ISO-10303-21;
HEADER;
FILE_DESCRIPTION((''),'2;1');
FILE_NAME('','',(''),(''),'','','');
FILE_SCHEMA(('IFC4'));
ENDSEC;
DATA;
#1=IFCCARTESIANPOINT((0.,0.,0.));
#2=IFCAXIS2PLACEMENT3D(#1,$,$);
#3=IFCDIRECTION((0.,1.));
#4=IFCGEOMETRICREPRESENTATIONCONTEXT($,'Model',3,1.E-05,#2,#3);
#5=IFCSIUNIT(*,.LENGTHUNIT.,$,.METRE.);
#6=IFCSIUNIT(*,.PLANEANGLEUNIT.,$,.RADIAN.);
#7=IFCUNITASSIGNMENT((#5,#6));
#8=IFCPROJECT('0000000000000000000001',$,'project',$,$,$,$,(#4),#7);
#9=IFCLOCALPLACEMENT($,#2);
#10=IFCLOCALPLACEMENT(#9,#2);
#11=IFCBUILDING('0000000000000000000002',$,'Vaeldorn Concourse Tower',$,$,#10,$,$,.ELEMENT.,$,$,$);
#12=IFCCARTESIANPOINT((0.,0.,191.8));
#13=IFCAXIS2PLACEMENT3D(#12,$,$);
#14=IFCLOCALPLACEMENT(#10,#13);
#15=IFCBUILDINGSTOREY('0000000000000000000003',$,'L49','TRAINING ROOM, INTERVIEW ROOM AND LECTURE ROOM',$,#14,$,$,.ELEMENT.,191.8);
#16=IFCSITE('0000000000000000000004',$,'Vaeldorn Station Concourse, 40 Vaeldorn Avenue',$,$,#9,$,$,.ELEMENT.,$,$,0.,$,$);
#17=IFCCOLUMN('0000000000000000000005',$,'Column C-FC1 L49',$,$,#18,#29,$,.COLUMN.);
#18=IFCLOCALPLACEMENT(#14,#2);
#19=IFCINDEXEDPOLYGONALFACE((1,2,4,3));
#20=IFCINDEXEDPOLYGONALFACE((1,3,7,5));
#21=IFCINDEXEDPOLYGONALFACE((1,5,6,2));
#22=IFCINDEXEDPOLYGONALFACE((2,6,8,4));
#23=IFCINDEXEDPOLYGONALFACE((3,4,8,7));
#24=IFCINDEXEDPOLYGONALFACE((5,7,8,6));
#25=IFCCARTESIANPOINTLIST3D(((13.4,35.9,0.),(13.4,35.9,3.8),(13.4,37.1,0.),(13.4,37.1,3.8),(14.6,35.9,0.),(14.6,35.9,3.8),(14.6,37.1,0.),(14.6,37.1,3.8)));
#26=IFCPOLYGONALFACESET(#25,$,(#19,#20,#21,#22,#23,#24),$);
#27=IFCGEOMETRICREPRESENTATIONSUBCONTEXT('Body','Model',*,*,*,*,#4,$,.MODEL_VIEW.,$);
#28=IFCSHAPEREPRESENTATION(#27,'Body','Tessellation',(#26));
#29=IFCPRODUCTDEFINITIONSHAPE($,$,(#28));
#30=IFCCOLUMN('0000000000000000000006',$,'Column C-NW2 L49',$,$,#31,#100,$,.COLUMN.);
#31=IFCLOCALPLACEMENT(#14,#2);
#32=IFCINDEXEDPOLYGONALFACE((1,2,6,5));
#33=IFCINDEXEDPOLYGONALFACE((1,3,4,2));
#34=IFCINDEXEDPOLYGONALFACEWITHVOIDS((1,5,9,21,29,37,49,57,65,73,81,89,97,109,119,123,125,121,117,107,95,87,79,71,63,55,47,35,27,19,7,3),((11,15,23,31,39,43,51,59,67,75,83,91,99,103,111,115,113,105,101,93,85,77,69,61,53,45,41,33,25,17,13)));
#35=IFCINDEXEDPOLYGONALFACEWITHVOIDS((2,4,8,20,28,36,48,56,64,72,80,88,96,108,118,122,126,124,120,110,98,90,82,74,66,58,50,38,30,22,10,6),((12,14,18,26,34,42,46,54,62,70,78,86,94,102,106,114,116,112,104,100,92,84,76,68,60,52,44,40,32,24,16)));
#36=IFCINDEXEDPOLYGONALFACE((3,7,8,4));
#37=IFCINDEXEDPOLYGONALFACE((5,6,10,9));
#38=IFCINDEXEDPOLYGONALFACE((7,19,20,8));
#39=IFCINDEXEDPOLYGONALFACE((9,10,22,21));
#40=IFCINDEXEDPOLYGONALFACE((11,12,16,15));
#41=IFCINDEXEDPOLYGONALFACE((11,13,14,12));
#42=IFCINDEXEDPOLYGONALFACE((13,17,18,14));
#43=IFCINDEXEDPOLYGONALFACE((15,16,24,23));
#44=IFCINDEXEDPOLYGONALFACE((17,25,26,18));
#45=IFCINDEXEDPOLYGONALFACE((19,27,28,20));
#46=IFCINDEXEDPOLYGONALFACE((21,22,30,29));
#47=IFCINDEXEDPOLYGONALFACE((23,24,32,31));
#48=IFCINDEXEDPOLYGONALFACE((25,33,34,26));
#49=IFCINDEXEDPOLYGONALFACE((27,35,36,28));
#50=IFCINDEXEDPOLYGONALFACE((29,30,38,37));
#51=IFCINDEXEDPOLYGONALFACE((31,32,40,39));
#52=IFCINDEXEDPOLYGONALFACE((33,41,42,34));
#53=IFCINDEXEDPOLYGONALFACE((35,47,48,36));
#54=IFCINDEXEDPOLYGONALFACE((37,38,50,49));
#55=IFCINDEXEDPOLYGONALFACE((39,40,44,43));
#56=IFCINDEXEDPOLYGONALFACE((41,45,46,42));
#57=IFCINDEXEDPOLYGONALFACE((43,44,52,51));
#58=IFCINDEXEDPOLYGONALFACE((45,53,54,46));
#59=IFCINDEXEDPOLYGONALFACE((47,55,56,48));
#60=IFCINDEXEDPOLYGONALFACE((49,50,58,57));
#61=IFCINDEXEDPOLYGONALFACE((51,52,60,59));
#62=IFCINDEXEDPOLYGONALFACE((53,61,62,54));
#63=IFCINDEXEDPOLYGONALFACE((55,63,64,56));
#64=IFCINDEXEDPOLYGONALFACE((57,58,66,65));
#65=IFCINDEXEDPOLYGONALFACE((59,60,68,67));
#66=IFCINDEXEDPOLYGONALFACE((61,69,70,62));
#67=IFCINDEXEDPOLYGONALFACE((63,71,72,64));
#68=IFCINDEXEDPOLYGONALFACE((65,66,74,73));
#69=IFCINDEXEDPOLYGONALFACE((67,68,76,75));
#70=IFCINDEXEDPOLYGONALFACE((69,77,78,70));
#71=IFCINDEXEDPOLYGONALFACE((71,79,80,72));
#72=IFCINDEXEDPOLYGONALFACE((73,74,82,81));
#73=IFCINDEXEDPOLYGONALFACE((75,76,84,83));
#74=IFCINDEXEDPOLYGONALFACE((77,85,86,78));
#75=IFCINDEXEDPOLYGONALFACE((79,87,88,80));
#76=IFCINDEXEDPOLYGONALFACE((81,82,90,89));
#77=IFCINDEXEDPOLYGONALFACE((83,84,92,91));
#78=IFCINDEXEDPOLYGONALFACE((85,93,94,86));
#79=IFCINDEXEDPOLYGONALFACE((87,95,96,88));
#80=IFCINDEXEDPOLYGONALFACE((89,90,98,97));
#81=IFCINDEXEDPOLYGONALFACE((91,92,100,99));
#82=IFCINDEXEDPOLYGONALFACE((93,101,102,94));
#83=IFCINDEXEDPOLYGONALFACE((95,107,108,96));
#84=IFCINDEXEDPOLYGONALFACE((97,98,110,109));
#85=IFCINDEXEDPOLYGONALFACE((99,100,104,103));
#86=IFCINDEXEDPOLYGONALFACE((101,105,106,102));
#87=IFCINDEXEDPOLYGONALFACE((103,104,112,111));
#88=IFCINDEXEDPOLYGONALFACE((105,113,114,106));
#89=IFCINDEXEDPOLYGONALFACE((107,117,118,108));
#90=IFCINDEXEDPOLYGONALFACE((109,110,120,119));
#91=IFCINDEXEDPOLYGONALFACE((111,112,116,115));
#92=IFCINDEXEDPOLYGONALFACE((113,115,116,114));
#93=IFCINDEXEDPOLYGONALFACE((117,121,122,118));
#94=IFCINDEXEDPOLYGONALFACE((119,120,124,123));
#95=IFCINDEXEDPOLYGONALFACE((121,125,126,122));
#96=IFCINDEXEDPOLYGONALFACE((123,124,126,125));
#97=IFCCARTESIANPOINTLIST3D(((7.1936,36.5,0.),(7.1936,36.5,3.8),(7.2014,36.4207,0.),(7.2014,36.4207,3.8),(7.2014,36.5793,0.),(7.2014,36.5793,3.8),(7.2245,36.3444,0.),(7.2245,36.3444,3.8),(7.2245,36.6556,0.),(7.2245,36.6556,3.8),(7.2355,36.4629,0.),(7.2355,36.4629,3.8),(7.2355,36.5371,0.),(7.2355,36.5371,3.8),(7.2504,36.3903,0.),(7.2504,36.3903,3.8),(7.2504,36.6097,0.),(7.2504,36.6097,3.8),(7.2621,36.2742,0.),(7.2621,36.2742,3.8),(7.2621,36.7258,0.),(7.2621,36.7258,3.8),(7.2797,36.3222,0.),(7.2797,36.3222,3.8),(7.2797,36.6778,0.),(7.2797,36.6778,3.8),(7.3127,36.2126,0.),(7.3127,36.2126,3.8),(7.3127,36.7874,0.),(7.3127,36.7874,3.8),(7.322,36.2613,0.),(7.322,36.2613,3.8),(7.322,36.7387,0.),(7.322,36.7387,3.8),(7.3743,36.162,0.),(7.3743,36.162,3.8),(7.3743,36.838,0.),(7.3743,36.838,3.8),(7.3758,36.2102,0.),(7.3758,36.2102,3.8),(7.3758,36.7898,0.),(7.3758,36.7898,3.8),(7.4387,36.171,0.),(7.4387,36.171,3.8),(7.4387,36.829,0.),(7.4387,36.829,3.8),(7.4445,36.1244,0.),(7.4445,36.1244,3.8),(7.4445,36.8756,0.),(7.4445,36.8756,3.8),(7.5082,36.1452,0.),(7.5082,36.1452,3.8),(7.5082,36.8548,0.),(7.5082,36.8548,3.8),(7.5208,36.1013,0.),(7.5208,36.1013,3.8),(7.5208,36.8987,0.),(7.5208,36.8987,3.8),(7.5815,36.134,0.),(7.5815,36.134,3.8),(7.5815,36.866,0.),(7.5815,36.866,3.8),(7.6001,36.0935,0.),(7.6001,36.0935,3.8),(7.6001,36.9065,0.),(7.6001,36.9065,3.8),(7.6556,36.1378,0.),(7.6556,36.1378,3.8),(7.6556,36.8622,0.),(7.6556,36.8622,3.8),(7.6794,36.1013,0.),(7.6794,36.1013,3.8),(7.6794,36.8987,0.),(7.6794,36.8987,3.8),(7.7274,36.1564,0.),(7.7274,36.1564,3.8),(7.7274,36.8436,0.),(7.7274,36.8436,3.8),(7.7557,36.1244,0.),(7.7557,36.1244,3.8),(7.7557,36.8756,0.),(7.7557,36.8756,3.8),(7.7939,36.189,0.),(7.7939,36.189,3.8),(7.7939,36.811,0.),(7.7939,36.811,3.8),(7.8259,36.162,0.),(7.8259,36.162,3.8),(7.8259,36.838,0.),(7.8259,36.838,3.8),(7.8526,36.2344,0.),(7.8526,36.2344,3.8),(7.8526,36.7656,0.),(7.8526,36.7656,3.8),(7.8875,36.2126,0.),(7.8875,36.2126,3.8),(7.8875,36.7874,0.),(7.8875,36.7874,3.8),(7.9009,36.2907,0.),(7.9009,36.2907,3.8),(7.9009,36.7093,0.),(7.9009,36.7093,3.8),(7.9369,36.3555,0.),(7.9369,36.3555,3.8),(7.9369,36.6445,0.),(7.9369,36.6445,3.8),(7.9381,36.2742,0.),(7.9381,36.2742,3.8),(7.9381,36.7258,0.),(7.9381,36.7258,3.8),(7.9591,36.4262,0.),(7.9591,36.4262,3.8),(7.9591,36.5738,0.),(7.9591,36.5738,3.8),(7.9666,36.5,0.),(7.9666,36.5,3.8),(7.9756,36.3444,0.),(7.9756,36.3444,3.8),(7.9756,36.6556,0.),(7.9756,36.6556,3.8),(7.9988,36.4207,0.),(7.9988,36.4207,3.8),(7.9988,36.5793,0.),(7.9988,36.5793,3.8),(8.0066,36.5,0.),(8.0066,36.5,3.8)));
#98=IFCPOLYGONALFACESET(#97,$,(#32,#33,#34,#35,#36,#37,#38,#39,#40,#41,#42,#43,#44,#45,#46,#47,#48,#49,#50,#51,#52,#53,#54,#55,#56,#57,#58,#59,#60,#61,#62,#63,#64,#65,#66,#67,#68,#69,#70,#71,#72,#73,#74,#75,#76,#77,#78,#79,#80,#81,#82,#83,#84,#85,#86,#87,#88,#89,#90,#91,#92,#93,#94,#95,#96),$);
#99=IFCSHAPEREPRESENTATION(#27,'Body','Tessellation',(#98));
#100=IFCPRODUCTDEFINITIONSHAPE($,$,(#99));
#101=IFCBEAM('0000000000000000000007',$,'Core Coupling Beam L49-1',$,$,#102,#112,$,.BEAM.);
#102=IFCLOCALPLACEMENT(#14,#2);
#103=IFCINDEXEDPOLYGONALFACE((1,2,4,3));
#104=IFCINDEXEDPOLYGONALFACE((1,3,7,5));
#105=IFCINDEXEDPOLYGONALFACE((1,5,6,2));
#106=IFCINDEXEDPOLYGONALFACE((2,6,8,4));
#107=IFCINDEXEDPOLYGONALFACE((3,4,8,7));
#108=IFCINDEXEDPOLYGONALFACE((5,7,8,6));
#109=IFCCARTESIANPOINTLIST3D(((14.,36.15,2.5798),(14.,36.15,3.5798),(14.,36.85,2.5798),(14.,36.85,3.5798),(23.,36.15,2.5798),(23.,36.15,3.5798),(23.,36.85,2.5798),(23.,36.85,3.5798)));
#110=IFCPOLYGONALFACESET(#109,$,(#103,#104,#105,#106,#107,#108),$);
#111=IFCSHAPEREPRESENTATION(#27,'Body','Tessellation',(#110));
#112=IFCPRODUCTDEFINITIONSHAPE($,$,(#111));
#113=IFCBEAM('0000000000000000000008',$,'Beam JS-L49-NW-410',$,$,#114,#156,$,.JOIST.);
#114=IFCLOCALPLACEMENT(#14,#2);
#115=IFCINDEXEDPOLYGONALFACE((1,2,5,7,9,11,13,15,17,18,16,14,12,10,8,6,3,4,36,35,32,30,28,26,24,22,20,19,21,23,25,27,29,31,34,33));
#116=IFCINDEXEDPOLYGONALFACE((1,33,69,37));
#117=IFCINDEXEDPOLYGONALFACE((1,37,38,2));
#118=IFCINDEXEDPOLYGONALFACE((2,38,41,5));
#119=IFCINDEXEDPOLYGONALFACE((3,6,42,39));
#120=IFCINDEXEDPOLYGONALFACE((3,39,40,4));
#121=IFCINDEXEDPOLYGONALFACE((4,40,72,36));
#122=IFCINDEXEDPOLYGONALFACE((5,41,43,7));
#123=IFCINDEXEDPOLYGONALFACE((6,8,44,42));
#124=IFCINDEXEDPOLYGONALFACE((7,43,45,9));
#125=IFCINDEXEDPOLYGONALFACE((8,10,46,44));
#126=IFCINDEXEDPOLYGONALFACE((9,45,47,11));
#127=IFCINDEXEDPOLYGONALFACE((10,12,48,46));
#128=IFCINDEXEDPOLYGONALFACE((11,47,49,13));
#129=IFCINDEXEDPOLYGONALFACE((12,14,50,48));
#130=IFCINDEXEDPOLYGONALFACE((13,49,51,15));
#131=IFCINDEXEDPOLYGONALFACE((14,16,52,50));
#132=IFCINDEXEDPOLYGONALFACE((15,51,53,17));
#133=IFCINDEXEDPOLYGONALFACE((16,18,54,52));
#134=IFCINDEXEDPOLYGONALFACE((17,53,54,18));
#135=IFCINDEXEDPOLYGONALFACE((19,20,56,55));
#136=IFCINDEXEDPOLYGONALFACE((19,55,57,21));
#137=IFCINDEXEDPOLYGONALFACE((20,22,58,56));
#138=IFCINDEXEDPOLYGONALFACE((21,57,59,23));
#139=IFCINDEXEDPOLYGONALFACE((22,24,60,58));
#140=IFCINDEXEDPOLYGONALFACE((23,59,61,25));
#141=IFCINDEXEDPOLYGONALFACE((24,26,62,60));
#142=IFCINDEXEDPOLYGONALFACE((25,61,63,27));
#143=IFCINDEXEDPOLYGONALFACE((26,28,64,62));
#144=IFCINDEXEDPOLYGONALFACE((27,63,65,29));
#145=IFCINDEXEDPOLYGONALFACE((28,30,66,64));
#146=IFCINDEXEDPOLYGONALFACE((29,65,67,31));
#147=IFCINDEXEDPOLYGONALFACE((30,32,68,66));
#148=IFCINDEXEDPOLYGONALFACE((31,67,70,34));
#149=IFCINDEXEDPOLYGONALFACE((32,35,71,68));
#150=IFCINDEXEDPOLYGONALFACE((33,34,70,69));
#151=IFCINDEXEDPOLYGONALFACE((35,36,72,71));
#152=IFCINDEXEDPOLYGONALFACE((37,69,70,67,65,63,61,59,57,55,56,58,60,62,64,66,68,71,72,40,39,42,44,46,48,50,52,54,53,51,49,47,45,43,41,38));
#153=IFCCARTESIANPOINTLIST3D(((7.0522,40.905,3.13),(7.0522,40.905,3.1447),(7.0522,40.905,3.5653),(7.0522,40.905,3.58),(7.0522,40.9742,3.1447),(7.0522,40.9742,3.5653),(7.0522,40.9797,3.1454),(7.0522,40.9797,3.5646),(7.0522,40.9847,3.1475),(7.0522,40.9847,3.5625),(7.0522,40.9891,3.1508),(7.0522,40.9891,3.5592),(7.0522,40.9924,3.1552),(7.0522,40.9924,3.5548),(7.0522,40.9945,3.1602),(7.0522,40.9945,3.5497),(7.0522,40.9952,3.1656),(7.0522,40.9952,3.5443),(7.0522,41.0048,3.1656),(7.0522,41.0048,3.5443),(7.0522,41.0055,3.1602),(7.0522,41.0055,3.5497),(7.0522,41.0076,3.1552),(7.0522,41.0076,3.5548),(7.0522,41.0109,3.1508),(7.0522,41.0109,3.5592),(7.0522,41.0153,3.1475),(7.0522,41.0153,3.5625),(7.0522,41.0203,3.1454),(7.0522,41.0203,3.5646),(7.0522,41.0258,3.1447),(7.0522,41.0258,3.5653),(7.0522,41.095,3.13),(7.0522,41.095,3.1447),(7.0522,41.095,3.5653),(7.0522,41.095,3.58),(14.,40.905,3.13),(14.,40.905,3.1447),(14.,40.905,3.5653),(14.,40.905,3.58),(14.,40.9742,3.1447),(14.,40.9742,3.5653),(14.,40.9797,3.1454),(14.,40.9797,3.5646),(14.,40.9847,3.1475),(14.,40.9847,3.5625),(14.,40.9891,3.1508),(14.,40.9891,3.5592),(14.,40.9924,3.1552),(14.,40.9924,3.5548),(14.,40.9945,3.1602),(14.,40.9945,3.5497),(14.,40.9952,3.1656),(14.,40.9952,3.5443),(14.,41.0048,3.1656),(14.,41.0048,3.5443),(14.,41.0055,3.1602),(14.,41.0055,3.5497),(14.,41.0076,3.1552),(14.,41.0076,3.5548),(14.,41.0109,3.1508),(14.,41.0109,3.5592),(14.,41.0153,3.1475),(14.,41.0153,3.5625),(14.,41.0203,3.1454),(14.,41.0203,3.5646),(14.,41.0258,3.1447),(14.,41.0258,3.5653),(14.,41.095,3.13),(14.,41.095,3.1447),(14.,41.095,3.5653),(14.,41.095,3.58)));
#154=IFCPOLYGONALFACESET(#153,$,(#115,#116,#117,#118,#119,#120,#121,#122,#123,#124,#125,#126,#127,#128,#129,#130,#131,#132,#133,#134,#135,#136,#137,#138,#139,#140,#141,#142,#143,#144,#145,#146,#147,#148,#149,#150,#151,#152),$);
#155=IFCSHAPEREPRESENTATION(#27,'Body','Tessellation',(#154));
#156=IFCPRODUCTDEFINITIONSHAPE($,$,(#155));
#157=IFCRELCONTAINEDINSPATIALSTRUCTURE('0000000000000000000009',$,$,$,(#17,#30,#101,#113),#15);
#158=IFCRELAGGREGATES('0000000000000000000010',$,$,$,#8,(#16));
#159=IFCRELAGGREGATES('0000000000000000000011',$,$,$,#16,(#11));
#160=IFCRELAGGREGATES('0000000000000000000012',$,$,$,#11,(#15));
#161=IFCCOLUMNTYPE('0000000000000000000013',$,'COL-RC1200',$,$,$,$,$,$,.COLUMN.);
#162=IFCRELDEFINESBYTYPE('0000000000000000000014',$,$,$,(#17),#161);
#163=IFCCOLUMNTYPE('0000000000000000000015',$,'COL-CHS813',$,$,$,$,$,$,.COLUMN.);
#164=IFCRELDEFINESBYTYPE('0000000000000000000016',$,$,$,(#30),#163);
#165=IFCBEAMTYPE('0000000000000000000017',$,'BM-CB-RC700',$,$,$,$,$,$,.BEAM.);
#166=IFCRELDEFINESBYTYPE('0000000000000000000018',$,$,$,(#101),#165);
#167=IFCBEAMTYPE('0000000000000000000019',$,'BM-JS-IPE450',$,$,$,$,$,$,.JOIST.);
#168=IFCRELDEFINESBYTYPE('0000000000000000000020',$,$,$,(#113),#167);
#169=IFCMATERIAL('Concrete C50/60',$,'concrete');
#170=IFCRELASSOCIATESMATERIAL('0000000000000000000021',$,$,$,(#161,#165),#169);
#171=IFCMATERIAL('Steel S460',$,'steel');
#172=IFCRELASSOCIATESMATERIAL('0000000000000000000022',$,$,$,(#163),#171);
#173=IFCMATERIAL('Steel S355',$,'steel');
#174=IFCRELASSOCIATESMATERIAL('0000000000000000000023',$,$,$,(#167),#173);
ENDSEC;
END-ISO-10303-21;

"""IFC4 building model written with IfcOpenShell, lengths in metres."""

from ifc_helpers import new_model, si_unit, direction, frame, origin, origin_2d, place, context, subcontext, project, spatial, rectangle, hollow_circle, i_section, extrude, source, transform, mapped, material, material_profile, profile_set, type_object, element, save


model = new_model("IFC4")

# Units and contexts
model_context = context("Model", 3, precision=1e-05, world=origin(), true_north=direction((0.0, 1.0)))
body_context = subcontext(model_context, "Body", "Model", "MODEL_VIEW")
ifc_project = project(units=[si_unit("LENGTHUNIT", "METRE"), si_unit("PLANEANGLEUNIT", "RADIAN")], contexts=[model_context])

# Site, building, storey
site_placement = place(None, origin())
site = spatial("IfcSite", under=ifc_project, at=site_placement, Name="Vaeldorn Station Concourse, 40 Vaeldorn Avenue", CompositionType="ELEMENT", RefElevation=0.0)
building_placement = place(site_placement, origin())
building = spatial("IfcBuilding", under=site, at=building_placement, Name="Vaeldorn Concourse Tower", CompositionType="ELEMENT")
storey_placement = place(building_placement, frame((0.0, 0.0, 191.8)))
storey = spatial("IfcBuildingStorey", under=building, at=storey_placement, Name="L49", Description="TRAINING ROOM, INTERVIEW ROOM AND LECTURE ROOM", CompositionType="ELEMENT", Elevation=191.8)

# Columns
ifc_material_1 = material(Name="Concrete C50/60", Category="concrete")
ifc_material_profile_1 = material_profile(ifc_material_1, rectangle(XDim=1.2, YDim=1.2, at=origin_2d()), Name="RC 1200x1200")
ifc_profile_set_1 = profile_set([ifc_material_profile_1], Name="Concrete C50/60")
column_type_1 = type_object("IfcColumnType", Name="COL-RC1200", PredefinedType="COLUMN", material=ifc_profile_set_1)
shared_shape_1 = source(origin(), body_context, "Body", "SweptSolid", [
    extrude(rectangle(XDim=1.2, YDim=1.2, at=origin_2d()), origin(), (0.0, 0.0, 1.0), 3.8),
])
column_1_placement = place(storey_placement, frame((14.0, 36.5, 0.0), z_axis=(0.0, 0.0, 1.0), x_axis=(1.0, 0.0, 0.0)))
element("IfcColumn", 1, at=column_1_placement, inside=storey, type_object=column_type_1, Name="Column C-FC1 L49", PredefinedType="COLUMN", context=body_context, shape_type="MappedRepresentation", body=[
    mapped(shared_shape_1, transform((0.0, 0.0, 0.0), scale=1.0)),
])
ifc_material_2 = material(Name="Steel S460", Category="steel")
ifc_material_profile_2 = material_profile(ifc_material_2, hollow_circle(Radius=0.4065, WallThickness=0.04, at=origin_2d()), Name="CHS 813x40")
ifc_profile_set_2 = profile_set([ifc_material_profile_2], Name="Steel S460")
column_type_2 = type_object("IfcColumnType", Name="COL-CHS813", PredefinedType="COLUMN", material=ifc_profile_set_2)
shared_shape_2 = source(origin(), body_context, "Body", "SweptSolid", [
    extrude(hollow_circle(Radius=0.4065, WallThickness=0.04, at=origin_2d()), origin(), (0.0, 0.0, 1.0), 3.8),
])
column_2_placement = place(storey_placement, frame((7.6001, 36.5, 0.0), z_axis=(0.0, 0.0, 1.0), x_axis=(1.0, 0.0, 0.0)))
element("IfcColumn", 2, at=column_2_placement, inside=storey, type_object=column_type_2, Name="Column C-NW2 L49", PredefinedType="COLUMN", context=body_context, shape_type="MappedRepresentation", body=[
    mapped(shared_shape_2, transform((0.0, 0.0, 0.0), scale=1.0)),
])

# Beams
ifc_material_profile_3 = material_profile(ifc_material_1, rectangle(XDim=0.7, YDim=1.0, at=origin_2d()), Name="RC 700x1000")
ifc_profile_set_3 = profile_set([ifc_material_profile_3], Name="Concrete C50/60")
beam_type_1 = type_object("IfcBeamType", Name="BM-CB-RC700", PredefinedType="BEAM", material=ifc_profile_set_3)
shared_shape_3 = source(origin(), body_context, "Body", "SweptSolid", [
    extrude(rectangle(XDim=0.7, YDim=1.0, at=origin_2d()), origin(), (0.0, 0.0, 1.0), 9.0),
])
beam_1_placement = place(storey_placement, frame((14.0, 36.5, 3.0798), z_axis=(1.0, 0.0, 0.0), x_axis=(0.0, 1.0, 0.0)))
element("IfcBeam", 3, at=beam_1_placement, inside=storey, type_object=beam_type_1, Name="Core Coupling Beam L49-1", PredefinedType="BEAM", context=body_context, shape_type="MappedRepresentation", body=[
    mapped(shared_shape_3, transform((0.0, 0.0, 0.0), scale=1.0)),
])
ifc_material_3 = material(Name="Steel S355", Category="steel")
ifc_material_profile_4 = material_profile(ifc_material_3, i_section(OverallWidth=0.1899, OverallDepth=0.45, WebThickness=0.0095, FlangeThickness=0.0146, FilletRadius=0.021, at=origin_2d()), Name="IPE 450")
ifc_profile_set_4 = profile_set([ifc_material_profile_4], Name="Steel S355")
beam_type_2 = type_object("IfcBeamType", Name="BM-JS-IPE450", PredefinedType="JOIST", material=ifc_profile_set_4)
shared_shape_4 = source(origin(), body_context, "Body", "SweptSolid", [
    extrude(i_section(OverallWidth=0.1899, OverallDepth=0.45, WebThickness=0.0095, FlangeThickness=0.0146, FilletRadius=0.021, at=origin_2d()), origin(), (0.0, 0.0, 1.0), 6.9478),
])
beam_2_placement = place(storey_placement, frame((7.0522, 41.0, 3.355), z_axis=(1.0, 0.0, 0.0), x_axis=(0.0, 1.0, 0.0)))
element("IfcBeam", 4, at=beam_2_placement, inside=storey, type_object=beam_type_2, Name="Beam JS-L49-NW-410", PredefinedType="JOIST", context=body_context, shape_type="MappedRepresentation", body=[
    mapped(shared_shape_4, transform((0.0, 0.0, 0.0), scale=1.0)),
])

save(model, "model.ifc")
